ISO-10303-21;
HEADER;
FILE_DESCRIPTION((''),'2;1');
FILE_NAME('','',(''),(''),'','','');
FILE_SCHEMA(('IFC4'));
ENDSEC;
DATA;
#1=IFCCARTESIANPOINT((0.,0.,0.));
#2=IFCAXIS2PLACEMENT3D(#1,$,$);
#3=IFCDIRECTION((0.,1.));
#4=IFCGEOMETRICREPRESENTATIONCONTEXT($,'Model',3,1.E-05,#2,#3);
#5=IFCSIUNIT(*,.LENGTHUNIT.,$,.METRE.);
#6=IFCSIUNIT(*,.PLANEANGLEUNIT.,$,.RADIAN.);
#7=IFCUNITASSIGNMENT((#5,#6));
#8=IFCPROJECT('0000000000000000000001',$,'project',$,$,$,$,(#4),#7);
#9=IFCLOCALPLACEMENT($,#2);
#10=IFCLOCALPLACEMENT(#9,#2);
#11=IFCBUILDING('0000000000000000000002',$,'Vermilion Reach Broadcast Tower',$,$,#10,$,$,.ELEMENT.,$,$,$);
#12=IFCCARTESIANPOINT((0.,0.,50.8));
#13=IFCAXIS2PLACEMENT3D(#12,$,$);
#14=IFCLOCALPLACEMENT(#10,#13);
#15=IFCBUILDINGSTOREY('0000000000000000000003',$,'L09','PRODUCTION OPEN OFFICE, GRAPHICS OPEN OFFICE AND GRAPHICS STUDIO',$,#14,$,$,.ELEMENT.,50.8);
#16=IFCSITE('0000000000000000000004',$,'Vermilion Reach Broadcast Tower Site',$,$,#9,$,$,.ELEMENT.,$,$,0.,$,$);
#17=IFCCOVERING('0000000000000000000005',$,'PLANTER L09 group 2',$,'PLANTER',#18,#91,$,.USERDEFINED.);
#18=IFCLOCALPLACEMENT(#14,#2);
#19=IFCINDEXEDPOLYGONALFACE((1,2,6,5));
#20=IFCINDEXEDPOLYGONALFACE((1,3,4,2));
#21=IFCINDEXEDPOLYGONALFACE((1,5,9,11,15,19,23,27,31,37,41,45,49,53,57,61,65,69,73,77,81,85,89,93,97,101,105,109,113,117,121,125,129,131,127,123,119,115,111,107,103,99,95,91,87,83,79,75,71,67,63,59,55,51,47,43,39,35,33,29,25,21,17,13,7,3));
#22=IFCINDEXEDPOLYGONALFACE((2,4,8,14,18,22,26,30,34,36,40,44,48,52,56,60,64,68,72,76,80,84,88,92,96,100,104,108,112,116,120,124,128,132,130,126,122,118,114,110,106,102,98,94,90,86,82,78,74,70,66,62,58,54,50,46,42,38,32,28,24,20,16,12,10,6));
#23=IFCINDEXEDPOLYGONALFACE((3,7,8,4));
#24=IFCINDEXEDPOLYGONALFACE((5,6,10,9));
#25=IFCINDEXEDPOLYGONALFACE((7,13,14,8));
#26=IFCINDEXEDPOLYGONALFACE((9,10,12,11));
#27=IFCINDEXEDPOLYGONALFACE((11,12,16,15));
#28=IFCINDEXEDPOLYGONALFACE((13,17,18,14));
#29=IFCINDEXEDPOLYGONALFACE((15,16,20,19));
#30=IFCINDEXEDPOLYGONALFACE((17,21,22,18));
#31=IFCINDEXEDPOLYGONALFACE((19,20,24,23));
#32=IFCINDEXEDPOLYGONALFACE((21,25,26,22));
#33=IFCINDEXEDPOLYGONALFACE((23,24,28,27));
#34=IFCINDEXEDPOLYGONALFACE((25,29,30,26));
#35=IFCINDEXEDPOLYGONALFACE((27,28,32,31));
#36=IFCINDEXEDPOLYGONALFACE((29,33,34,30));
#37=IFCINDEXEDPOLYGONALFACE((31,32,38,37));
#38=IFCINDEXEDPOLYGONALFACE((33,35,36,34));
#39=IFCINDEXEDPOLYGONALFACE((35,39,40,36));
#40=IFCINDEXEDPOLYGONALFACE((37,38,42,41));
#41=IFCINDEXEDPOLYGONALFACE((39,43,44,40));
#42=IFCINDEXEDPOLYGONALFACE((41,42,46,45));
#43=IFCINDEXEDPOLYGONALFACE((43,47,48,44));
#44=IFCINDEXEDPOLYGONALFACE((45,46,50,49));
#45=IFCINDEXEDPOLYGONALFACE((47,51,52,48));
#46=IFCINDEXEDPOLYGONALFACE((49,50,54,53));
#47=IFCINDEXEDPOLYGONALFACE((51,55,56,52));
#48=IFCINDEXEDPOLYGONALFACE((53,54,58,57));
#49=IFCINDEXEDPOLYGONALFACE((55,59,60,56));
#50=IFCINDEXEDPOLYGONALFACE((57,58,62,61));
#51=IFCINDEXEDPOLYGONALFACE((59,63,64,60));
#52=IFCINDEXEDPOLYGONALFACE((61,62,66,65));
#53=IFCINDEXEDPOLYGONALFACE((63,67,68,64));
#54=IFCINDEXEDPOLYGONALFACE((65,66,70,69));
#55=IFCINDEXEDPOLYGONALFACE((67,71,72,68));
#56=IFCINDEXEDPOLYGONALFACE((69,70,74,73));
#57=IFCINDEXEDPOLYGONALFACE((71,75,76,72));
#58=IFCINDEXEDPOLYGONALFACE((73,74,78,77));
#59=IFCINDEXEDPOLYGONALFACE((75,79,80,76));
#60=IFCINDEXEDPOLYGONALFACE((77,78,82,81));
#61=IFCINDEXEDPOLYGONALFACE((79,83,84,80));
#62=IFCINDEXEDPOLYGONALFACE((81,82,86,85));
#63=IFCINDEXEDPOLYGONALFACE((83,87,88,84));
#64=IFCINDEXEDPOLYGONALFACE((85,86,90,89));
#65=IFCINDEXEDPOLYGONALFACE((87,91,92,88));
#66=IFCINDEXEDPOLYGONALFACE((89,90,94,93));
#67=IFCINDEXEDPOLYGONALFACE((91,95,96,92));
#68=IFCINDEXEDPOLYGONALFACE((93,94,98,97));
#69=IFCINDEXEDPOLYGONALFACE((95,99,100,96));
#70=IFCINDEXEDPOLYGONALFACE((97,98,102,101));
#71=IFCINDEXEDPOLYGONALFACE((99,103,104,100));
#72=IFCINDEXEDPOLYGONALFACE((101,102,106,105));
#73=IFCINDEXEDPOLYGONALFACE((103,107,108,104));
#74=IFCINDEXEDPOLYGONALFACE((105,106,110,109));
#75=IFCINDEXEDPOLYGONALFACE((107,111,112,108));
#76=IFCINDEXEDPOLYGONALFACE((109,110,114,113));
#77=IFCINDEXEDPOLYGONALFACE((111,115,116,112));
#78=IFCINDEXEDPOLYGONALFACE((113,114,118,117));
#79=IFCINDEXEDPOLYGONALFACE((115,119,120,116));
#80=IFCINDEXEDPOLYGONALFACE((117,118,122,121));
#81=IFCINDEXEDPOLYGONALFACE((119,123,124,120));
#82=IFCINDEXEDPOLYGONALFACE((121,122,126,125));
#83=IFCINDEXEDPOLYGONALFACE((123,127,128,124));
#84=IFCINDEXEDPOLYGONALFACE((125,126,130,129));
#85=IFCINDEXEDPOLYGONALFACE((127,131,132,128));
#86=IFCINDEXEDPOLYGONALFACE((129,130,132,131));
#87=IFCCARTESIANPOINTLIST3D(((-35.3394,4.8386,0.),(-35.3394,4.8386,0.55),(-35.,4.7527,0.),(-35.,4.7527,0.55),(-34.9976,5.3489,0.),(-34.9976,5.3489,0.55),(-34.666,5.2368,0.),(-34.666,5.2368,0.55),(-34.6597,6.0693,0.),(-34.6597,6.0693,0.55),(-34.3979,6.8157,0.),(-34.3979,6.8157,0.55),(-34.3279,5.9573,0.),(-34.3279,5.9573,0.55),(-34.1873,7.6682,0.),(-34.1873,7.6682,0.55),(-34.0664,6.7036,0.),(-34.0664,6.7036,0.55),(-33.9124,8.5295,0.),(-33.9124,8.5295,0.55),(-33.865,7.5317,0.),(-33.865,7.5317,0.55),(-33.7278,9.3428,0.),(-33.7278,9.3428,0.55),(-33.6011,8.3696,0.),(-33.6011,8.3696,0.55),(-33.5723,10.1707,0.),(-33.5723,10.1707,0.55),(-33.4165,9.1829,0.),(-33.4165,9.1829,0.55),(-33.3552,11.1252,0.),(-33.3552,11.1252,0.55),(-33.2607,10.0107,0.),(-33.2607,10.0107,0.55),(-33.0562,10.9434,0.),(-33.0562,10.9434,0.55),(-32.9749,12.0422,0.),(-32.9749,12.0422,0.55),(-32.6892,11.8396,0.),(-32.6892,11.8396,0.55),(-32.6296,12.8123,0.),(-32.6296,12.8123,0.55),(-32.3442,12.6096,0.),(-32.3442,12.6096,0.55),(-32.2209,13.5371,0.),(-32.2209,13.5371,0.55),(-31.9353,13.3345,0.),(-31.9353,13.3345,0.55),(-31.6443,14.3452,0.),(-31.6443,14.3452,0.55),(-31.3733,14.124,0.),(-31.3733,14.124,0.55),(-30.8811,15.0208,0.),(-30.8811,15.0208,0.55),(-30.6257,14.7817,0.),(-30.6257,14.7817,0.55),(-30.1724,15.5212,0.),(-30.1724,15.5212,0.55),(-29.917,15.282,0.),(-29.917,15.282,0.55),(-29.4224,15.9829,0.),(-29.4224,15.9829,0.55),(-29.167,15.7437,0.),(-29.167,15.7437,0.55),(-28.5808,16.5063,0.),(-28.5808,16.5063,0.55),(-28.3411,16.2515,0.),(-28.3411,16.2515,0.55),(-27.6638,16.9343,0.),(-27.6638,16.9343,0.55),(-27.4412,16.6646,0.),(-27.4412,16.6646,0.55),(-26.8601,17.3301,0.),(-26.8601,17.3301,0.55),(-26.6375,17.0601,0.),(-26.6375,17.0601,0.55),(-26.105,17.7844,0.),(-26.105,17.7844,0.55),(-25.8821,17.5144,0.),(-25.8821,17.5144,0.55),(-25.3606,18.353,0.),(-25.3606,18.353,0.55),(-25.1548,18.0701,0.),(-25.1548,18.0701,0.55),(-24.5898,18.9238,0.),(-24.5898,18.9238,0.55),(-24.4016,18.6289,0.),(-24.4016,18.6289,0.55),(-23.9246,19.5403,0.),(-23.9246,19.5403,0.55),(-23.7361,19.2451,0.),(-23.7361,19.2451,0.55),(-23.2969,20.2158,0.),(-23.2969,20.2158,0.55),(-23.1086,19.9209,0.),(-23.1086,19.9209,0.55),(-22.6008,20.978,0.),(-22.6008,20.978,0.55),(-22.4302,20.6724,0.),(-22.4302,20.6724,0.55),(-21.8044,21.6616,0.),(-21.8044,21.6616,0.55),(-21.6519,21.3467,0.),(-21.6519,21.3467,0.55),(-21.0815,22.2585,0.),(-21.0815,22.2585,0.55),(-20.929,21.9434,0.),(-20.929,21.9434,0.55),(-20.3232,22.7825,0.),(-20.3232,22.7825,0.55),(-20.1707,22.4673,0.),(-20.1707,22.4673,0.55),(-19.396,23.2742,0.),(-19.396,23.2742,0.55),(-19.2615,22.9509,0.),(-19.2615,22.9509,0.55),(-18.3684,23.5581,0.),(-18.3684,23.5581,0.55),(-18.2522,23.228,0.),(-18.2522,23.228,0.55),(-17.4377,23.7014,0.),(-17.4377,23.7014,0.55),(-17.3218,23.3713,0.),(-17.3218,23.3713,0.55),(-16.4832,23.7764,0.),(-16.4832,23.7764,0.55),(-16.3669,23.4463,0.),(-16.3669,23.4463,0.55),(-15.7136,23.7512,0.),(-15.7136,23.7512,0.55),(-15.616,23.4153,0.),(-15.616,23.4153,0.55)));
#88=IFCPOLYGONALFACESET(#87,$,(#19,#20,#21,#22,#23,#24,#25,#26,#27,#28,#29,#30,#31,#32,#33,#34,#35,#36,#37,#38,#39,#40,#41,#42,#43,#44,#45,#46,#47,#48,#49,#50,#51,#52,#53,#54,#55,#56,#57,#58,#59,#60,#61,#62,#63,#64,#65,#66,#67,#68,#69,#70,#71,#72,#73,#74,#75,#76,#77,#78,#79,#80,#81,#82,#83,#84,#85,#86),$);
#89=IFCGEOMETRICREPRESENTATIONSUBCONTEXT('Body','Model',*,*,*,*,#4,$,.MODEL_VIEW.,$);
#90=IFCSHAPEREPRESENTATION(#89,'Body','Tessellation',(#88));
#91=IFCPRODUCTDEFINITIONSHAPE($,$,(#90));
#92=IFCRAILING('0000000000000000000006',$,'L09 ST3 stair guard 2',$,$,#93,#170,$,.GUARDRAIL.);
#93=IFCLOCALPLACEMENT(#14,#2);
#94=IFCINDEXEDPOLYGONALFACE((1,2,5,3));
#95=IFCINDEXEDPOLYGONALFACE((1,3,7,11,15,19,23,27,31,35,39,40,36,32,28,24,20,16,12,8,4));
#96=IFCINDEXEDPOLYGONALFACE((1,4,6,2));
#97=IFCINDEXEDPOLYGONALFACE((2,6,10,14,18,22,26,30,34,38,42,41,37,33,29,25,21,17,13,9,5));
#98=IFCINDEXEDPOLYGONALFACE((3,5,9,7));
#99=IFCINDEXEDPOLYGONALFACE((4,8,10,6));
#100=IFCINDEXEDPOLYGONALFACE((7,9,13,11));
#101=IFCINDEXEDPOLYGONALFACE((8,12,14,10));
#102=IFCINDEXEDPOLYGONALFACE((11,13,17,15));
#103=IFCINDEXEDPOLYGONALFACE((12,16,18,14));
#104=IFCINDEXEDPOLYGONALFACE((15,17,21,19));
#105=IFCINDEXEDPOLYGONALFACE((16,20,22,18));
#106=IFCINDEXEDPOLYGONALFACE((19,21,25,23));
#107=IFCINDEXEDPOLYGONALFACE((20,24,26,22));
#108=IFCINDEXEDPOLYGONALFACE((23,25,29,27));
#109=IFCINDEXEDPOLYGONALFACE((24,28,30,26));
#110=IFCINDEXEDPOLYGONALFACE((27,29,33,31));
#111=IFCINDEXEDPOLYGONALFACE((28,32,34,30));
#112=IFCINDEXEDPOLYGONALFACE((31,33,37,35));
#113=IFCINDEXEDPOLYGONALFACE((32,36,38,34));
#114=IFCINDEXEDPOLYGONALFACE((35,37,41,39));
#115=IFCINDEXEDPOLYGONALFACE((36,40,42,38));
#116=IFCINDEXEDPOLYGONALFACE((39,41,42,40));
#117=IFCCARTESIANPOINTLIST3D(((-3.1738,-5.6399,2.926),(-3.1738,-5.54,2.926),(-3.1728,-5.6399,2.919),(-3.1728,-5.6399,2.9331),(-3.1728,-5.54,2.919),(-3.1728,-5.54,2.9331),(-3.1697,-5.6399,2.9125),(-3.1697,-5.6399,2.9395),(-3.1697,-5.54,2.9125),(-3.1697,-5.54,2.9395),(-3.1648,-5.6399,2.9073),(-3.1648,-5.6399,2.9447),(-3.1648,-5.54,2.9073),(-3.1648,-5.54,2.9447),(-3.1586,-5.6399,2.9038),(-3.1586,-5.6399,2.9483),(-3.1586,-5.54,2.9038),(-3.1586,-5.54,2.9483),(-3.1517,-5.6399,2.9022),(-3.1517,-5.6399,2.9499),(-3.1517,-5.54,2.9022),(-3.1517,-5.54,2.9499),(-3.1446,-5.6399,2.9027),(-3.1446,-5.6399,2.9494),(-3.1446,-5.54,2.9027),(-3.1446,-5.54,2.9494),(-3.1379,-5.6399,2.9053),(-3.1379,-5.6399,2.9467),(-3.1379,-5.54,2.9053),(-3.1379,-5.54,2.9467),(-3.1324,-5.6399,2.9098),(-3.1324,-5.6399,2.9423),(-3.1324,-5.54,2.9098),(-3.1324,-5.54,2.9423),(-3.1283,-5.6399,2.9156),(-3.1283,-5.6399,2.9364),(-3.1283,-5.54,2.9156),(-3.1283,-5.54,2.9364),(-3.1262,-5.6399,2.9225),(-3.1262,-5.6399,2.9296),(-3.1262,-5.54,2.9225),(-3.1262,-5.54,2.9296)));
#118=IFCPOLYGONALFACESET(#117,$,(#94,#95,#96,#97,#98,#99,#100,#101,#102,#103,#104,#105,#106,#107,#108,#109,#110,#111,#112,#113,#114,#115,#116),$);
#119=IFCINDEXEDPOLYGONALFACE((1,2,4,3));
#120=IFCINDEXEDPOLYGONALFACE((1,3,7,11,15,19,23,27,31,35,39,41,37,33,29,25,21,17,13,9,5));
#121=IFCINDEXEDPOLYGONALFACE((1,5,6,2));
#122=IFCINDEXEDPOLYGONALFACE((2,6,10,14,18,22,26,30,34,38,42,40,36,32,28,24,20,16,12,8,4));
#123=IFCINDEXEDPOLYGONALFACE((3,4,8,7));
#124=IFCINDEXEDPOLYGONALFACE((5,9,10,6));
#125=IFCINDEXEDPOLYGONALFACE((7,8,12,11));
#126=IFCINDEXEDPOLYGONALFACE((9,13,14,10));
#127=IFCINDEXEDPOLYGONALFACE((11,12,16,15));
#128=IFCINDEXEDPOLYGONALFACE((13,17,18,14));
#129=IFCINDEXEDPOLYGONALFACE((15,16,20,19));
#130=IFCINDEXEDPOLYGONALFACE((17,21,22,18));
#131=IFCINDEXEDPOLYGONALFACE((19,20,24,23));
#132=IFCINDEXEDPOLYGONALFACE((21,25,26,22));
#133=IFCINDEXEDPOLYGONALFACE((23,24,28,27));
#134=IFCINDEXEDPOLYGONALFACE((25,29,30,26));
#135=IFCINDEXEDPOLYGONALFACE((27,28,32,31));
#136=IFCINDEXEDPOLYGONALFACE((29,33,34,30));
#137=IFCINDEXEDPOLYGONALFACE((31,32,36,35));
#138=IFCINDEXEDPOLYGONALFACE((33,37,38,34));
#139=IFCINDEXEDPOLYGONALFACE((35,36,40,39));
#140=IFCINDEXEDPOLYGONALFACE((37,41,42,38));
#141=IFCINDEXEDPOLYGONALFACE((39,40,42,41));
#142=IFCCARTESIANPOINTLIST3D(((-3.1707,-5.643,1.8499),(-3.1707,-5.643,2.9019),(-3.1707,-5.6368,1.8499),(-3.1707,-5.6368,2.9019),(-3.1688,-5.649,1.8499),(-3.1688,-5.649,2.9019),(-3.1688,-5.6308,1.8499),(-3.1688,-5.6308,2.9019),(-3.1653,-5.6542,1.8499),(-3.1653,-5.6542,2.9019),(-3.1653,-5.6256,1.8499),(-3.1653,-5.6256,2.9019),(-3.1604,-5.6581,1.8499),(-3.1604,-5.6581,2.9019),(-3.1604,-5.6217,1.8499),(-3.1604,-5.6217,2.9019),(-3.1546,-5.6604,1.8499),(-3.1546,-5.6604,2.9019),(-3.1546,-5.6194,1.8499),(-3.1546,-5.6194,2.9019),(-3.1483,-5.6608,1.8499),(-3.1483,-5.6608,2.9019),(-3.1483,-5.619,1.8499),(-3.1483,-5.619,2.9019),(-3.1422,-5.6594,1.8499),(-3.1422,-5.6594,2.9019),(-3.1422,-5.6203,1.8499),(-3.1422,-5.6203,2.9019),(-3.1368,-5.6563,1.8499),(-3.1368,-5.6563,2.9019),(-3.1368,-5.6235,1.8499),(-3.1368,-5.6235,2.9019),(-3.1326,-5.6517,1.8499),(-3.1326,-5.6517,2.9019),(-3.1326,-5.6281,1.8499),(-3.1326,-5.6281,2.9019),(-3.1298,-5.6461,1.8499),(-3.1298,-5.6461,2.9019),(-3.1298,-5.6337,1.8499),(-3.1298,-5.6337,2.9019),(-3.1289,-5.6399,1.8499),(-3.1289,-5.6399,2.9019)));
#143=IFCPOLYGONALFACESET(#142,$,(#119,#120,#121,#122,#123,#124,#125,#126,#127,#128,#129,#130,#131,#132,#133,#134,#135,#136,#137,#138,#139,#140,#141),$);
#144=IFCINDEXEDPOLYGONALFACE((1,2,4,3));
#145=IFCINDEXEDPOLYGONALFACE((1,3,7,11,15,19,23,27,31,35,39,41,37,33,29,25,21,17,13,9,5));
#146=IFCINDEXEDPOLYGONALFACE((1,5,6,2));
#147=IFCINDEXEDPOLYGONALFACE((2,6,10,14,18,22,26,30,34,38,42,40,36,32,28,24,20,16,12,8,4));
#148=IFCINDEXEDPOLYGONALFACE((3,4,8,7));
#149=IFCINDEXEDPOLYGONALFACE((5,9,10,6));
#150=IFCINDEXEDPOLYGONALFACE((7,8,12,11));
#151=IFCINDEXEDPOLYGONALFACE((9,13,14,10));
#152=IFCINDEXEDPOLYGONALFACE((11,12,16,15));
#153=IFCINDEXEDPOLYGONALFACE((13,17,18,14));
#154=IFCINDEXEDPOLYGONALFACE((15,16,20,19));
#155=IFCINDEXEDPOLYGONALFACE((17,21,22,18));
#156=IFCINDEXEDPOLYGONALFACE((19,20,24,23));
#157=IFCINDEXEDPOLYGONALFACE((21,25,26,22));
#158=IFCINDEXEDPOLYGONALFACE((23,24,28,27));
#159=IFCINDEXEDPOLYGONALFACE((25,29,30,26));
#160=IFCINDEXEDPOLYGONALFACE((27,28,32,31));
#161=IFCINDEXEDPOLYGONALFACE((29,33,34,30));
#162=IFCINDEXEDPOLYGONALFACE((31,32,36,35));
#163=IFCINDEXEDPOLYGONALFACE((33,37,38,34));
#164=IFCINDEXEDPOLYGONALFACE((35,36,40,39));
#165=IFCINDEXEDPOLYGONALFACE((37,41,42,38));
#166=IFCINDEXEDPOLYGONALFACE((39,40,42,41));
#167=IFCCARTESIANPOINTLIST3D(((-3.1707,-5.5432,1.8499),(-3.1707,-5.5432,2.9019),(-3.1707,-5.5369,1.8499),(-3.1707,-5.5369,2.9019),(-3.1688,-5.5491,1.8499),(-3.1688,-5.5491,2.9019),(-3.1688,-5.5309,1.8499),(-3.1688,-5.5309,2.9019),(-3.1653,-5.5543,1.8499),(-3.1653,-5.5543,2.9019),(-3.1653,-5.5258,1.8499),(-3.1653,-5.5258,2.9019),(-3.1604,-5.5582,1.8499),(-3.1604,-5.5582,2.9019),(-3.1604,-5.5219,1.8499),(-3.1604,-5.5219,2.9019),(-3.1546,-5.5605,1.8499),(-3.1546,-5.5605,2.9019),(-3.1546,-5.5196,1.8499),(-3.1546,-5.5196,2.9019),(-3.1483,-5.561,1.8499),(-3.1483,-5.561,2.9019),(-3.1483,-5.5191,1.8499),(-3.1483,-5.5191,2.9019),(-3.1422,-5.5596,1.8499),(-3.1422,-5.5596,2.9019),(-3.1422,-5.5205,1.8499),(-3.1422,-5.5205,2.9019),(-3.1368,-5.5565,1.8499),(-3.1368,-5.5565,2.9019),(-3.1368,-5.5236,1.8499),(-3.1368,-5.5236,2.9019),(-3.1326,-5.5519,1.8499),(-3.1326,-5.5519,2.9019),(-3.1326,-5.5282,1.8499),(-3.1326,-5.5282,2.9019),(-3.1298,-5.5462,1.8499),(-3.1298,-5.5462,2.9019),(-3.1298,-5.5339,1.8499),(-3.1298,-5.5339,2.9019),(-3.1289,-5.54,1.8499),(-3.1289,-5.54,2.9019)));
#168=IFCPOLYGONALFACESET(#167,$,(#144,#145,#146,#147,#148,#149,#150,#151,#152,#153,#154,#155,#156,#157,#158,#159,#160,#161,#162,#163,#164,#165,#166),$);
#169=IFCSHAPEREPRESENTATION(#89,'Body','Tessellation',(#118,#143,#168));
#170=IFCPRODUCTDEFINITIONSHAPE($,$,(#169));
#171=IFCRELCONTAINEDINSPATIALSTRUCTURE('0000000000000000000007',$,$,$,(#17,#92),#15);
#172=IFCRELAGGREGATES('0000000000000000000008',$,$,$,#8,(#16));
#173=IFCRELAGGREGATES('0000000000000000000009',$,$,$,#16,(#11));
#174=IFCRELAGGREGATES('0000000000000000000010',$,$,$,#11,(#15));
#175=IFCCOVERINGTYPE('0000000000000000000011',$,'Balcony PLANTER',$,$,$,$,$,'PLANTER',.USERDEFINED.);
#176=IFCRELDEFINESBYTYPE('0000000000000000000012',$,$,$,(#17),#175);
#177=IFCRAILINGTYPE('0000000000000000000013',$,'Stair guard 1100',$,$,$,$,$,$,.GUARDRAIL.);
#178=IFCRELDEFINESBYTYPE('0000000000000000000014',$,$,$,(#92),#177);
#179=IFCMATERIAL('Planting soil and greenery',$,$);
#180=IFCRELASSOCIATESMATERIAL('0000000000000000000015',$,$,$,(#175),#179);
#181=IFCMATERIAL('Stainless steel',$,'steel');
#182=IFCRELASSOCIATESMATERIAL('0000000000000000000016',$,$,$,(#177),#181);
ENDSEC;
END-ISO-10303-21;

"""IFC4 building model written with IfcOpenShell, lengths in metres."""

from ifc_helpers import new_model, si_unit, direction, frame, origin, origin_2d, place, context, subcontext, project, spatial, polyline, circle, outline, extrude, material, type_object, element, save


model = new_model("IFC4")

# Units and contexts
model_context = context("Model", 3, precision=1e-05, world=origin(), true_north=direction((0.0, 1.0)))
body_context = subcontext(model_context, "Body", "Model", "MODEL_VIEW")
ifc_project = project(units=[si_unit("LENGTHUNIT", "METRE"), si_unit("PLANEANGLEUNIT", "RADIAN")], contexts=[model_context])

# Site, building, storey
site_placement = place(None, origin())
site = spatial("IfcSite", under=ifc_project, at=site_placement, Name="Vermilion Reach Broadcast Tower Site", CompositionType="ELEMENT", RefElevation=0.0)
building_placement = place(site_placement, origin())
building = spatial("IfcBuilding", under=site, at=building_placement, Name="Vermilion Reach Broadcast Tower", CompositionType="ELEMENT")
storey_placement = place(building_placement, frame((0.0, 0.0, 50.8)))
storey = spatial("IfcBuildingStorey", under=building, at=storey_placement, Name="L09", Description="PRODUCTION OPEN OFFICE, GRAPHICS OPEN OFFICE AND GRAPHICS STUDIO", CompositionType="ELEMENT", Elevation=50.8)

# Shared definitions
placement_1 = place(storey_placement, origin())

# Covering
ifc_material_1 = material(Name="Planting soil and greenery")
covering_type = type_object("IfcCoveringType", Name="Balcony PLANTER", ElementType="PLANTER", PredefinedType="USERDEFINED", material=ifc_material_1)
element("IfcCovering", 1, at=placement_1, inside=storey, type_object=covering_type, Name="PLANTER L09 group 2", ObjectType="PLANTER", PredefinedType="USERDEFINED", context=body_context, shape_type="SweptSolid", body=[
    extrude(outline(polyline([(-15.7136, 23.7512), (-16.4832, 23.7764), (-17.4377, 23.7014), (-18.3684, 23.5581), (-19.396, 23.2742), (-20.3232, 22.7825), (-21.0815, 22.2585), (-21.8044, 21.6616), (-22.6008, 20.978), (-23.2969, 20.2158), (-23.9246, 19.5403), (-24.5898, 18.9238), (-25.3606, 18.353), (-26.105, 17.7844), (-26.8601, 17.3301), (-27.6638, 16.9343), (-28.5808, 16.5063), (-29.4224, 15.9829), (-30.1724, 15.5212), (-30.8811, 15.0208), (-31.6443, 14.3452), (-32.2209, 13.5371), (-32.6296, 12.8123), (-32.9749, 12.0422), (-33.3552, 11.1252), (-33.5723, 10.1707), (-33.7278, 9.3428), (-33.9124, 8.5295), (-34.1873, 7.6682), (-34.3979, 6.8157), (-34.6597, 6.0693), (-34.9976, 5.3489), (-35.3394, 4.8386), (-35.0, 4.7527), (-34.666, 5.2368), (-34.3279, 5.9573), (-34.0664, 6.7036), (-33.865, 7.5317), (-33.6011, 8.3696), (-33.4165, 9.1829), (-33.2607, 10.0107), (-33.0562, 10.9434), (-32.6892, 11.8396), (-32.3442, 12.6096), (-31.9353, 13.3345), (-31.3733, 14.124), (-30.6257, 14.7817), (-29.917, 15.282), (-29.167, 15.7437), (-28.3411, 16.2515), (-27.4412, 16.6646), (-26.6375, 17.0601), (-25.8821, 17.5144), (-25.1548, 18.0701), (-24.4016, 18.6289), (-23.7361, 19.2451), (-23.1086, 19.9209), (-22.4302, 20.6724), (-21.6519, 21.3467), (-20.929, 21.9434), (-20.1707, 22.4673), (-19.2615, 22.9509), (-18.2522, 23.228), (-17.3218, 23.3713), (-16.3669, 23.4463), (-15.616, 23.4153), (-15.7136, 23.7512)])), origin(), (0.0, 0.0, 1.0), 0.55),
])

# Railing
ifc_material_2 = material(Name="Stainless steel", Category="steel")
railing_type_1 = type_object("IfcRailingType", Name="Stair guard 1100", PredefinedType="GUARDRAIL", material=ifc_material_2)
railing_1_placement = place(storey_placement, frame((-3.1499, -5.6399, 1.8499)))
element("IfcRailing", 2, at=railing_1_placement, inside=storey, type_object=railing_type_1, Name="L09 ST3 stair guard 2", PredefinedType="GUARDRAIL", context=body_context, shape_type="SweptSolid", body=[
    extrude(circle(Radius=0.0239, at=origin_2d()), frame((0.0, 0.0, 1.0762), z_axis=(0.0, 1.0, 0.0), x_axis=(-1.0, 0.0, 0.0)), (0.0, 0.0, 1.0), 0.0999),
    extrude(circle(Radius=0.021, at=origin_2d()), origin(), (0.0, 0.0, 1.0), 1.052),
    extrude(circle(Radius=0.021, at=origin_2d()), frame((0.0, 0.0999, 0.0)), (0.0, 0.0, 1.0), 1.052),
])

save(model, "model.ifc")
